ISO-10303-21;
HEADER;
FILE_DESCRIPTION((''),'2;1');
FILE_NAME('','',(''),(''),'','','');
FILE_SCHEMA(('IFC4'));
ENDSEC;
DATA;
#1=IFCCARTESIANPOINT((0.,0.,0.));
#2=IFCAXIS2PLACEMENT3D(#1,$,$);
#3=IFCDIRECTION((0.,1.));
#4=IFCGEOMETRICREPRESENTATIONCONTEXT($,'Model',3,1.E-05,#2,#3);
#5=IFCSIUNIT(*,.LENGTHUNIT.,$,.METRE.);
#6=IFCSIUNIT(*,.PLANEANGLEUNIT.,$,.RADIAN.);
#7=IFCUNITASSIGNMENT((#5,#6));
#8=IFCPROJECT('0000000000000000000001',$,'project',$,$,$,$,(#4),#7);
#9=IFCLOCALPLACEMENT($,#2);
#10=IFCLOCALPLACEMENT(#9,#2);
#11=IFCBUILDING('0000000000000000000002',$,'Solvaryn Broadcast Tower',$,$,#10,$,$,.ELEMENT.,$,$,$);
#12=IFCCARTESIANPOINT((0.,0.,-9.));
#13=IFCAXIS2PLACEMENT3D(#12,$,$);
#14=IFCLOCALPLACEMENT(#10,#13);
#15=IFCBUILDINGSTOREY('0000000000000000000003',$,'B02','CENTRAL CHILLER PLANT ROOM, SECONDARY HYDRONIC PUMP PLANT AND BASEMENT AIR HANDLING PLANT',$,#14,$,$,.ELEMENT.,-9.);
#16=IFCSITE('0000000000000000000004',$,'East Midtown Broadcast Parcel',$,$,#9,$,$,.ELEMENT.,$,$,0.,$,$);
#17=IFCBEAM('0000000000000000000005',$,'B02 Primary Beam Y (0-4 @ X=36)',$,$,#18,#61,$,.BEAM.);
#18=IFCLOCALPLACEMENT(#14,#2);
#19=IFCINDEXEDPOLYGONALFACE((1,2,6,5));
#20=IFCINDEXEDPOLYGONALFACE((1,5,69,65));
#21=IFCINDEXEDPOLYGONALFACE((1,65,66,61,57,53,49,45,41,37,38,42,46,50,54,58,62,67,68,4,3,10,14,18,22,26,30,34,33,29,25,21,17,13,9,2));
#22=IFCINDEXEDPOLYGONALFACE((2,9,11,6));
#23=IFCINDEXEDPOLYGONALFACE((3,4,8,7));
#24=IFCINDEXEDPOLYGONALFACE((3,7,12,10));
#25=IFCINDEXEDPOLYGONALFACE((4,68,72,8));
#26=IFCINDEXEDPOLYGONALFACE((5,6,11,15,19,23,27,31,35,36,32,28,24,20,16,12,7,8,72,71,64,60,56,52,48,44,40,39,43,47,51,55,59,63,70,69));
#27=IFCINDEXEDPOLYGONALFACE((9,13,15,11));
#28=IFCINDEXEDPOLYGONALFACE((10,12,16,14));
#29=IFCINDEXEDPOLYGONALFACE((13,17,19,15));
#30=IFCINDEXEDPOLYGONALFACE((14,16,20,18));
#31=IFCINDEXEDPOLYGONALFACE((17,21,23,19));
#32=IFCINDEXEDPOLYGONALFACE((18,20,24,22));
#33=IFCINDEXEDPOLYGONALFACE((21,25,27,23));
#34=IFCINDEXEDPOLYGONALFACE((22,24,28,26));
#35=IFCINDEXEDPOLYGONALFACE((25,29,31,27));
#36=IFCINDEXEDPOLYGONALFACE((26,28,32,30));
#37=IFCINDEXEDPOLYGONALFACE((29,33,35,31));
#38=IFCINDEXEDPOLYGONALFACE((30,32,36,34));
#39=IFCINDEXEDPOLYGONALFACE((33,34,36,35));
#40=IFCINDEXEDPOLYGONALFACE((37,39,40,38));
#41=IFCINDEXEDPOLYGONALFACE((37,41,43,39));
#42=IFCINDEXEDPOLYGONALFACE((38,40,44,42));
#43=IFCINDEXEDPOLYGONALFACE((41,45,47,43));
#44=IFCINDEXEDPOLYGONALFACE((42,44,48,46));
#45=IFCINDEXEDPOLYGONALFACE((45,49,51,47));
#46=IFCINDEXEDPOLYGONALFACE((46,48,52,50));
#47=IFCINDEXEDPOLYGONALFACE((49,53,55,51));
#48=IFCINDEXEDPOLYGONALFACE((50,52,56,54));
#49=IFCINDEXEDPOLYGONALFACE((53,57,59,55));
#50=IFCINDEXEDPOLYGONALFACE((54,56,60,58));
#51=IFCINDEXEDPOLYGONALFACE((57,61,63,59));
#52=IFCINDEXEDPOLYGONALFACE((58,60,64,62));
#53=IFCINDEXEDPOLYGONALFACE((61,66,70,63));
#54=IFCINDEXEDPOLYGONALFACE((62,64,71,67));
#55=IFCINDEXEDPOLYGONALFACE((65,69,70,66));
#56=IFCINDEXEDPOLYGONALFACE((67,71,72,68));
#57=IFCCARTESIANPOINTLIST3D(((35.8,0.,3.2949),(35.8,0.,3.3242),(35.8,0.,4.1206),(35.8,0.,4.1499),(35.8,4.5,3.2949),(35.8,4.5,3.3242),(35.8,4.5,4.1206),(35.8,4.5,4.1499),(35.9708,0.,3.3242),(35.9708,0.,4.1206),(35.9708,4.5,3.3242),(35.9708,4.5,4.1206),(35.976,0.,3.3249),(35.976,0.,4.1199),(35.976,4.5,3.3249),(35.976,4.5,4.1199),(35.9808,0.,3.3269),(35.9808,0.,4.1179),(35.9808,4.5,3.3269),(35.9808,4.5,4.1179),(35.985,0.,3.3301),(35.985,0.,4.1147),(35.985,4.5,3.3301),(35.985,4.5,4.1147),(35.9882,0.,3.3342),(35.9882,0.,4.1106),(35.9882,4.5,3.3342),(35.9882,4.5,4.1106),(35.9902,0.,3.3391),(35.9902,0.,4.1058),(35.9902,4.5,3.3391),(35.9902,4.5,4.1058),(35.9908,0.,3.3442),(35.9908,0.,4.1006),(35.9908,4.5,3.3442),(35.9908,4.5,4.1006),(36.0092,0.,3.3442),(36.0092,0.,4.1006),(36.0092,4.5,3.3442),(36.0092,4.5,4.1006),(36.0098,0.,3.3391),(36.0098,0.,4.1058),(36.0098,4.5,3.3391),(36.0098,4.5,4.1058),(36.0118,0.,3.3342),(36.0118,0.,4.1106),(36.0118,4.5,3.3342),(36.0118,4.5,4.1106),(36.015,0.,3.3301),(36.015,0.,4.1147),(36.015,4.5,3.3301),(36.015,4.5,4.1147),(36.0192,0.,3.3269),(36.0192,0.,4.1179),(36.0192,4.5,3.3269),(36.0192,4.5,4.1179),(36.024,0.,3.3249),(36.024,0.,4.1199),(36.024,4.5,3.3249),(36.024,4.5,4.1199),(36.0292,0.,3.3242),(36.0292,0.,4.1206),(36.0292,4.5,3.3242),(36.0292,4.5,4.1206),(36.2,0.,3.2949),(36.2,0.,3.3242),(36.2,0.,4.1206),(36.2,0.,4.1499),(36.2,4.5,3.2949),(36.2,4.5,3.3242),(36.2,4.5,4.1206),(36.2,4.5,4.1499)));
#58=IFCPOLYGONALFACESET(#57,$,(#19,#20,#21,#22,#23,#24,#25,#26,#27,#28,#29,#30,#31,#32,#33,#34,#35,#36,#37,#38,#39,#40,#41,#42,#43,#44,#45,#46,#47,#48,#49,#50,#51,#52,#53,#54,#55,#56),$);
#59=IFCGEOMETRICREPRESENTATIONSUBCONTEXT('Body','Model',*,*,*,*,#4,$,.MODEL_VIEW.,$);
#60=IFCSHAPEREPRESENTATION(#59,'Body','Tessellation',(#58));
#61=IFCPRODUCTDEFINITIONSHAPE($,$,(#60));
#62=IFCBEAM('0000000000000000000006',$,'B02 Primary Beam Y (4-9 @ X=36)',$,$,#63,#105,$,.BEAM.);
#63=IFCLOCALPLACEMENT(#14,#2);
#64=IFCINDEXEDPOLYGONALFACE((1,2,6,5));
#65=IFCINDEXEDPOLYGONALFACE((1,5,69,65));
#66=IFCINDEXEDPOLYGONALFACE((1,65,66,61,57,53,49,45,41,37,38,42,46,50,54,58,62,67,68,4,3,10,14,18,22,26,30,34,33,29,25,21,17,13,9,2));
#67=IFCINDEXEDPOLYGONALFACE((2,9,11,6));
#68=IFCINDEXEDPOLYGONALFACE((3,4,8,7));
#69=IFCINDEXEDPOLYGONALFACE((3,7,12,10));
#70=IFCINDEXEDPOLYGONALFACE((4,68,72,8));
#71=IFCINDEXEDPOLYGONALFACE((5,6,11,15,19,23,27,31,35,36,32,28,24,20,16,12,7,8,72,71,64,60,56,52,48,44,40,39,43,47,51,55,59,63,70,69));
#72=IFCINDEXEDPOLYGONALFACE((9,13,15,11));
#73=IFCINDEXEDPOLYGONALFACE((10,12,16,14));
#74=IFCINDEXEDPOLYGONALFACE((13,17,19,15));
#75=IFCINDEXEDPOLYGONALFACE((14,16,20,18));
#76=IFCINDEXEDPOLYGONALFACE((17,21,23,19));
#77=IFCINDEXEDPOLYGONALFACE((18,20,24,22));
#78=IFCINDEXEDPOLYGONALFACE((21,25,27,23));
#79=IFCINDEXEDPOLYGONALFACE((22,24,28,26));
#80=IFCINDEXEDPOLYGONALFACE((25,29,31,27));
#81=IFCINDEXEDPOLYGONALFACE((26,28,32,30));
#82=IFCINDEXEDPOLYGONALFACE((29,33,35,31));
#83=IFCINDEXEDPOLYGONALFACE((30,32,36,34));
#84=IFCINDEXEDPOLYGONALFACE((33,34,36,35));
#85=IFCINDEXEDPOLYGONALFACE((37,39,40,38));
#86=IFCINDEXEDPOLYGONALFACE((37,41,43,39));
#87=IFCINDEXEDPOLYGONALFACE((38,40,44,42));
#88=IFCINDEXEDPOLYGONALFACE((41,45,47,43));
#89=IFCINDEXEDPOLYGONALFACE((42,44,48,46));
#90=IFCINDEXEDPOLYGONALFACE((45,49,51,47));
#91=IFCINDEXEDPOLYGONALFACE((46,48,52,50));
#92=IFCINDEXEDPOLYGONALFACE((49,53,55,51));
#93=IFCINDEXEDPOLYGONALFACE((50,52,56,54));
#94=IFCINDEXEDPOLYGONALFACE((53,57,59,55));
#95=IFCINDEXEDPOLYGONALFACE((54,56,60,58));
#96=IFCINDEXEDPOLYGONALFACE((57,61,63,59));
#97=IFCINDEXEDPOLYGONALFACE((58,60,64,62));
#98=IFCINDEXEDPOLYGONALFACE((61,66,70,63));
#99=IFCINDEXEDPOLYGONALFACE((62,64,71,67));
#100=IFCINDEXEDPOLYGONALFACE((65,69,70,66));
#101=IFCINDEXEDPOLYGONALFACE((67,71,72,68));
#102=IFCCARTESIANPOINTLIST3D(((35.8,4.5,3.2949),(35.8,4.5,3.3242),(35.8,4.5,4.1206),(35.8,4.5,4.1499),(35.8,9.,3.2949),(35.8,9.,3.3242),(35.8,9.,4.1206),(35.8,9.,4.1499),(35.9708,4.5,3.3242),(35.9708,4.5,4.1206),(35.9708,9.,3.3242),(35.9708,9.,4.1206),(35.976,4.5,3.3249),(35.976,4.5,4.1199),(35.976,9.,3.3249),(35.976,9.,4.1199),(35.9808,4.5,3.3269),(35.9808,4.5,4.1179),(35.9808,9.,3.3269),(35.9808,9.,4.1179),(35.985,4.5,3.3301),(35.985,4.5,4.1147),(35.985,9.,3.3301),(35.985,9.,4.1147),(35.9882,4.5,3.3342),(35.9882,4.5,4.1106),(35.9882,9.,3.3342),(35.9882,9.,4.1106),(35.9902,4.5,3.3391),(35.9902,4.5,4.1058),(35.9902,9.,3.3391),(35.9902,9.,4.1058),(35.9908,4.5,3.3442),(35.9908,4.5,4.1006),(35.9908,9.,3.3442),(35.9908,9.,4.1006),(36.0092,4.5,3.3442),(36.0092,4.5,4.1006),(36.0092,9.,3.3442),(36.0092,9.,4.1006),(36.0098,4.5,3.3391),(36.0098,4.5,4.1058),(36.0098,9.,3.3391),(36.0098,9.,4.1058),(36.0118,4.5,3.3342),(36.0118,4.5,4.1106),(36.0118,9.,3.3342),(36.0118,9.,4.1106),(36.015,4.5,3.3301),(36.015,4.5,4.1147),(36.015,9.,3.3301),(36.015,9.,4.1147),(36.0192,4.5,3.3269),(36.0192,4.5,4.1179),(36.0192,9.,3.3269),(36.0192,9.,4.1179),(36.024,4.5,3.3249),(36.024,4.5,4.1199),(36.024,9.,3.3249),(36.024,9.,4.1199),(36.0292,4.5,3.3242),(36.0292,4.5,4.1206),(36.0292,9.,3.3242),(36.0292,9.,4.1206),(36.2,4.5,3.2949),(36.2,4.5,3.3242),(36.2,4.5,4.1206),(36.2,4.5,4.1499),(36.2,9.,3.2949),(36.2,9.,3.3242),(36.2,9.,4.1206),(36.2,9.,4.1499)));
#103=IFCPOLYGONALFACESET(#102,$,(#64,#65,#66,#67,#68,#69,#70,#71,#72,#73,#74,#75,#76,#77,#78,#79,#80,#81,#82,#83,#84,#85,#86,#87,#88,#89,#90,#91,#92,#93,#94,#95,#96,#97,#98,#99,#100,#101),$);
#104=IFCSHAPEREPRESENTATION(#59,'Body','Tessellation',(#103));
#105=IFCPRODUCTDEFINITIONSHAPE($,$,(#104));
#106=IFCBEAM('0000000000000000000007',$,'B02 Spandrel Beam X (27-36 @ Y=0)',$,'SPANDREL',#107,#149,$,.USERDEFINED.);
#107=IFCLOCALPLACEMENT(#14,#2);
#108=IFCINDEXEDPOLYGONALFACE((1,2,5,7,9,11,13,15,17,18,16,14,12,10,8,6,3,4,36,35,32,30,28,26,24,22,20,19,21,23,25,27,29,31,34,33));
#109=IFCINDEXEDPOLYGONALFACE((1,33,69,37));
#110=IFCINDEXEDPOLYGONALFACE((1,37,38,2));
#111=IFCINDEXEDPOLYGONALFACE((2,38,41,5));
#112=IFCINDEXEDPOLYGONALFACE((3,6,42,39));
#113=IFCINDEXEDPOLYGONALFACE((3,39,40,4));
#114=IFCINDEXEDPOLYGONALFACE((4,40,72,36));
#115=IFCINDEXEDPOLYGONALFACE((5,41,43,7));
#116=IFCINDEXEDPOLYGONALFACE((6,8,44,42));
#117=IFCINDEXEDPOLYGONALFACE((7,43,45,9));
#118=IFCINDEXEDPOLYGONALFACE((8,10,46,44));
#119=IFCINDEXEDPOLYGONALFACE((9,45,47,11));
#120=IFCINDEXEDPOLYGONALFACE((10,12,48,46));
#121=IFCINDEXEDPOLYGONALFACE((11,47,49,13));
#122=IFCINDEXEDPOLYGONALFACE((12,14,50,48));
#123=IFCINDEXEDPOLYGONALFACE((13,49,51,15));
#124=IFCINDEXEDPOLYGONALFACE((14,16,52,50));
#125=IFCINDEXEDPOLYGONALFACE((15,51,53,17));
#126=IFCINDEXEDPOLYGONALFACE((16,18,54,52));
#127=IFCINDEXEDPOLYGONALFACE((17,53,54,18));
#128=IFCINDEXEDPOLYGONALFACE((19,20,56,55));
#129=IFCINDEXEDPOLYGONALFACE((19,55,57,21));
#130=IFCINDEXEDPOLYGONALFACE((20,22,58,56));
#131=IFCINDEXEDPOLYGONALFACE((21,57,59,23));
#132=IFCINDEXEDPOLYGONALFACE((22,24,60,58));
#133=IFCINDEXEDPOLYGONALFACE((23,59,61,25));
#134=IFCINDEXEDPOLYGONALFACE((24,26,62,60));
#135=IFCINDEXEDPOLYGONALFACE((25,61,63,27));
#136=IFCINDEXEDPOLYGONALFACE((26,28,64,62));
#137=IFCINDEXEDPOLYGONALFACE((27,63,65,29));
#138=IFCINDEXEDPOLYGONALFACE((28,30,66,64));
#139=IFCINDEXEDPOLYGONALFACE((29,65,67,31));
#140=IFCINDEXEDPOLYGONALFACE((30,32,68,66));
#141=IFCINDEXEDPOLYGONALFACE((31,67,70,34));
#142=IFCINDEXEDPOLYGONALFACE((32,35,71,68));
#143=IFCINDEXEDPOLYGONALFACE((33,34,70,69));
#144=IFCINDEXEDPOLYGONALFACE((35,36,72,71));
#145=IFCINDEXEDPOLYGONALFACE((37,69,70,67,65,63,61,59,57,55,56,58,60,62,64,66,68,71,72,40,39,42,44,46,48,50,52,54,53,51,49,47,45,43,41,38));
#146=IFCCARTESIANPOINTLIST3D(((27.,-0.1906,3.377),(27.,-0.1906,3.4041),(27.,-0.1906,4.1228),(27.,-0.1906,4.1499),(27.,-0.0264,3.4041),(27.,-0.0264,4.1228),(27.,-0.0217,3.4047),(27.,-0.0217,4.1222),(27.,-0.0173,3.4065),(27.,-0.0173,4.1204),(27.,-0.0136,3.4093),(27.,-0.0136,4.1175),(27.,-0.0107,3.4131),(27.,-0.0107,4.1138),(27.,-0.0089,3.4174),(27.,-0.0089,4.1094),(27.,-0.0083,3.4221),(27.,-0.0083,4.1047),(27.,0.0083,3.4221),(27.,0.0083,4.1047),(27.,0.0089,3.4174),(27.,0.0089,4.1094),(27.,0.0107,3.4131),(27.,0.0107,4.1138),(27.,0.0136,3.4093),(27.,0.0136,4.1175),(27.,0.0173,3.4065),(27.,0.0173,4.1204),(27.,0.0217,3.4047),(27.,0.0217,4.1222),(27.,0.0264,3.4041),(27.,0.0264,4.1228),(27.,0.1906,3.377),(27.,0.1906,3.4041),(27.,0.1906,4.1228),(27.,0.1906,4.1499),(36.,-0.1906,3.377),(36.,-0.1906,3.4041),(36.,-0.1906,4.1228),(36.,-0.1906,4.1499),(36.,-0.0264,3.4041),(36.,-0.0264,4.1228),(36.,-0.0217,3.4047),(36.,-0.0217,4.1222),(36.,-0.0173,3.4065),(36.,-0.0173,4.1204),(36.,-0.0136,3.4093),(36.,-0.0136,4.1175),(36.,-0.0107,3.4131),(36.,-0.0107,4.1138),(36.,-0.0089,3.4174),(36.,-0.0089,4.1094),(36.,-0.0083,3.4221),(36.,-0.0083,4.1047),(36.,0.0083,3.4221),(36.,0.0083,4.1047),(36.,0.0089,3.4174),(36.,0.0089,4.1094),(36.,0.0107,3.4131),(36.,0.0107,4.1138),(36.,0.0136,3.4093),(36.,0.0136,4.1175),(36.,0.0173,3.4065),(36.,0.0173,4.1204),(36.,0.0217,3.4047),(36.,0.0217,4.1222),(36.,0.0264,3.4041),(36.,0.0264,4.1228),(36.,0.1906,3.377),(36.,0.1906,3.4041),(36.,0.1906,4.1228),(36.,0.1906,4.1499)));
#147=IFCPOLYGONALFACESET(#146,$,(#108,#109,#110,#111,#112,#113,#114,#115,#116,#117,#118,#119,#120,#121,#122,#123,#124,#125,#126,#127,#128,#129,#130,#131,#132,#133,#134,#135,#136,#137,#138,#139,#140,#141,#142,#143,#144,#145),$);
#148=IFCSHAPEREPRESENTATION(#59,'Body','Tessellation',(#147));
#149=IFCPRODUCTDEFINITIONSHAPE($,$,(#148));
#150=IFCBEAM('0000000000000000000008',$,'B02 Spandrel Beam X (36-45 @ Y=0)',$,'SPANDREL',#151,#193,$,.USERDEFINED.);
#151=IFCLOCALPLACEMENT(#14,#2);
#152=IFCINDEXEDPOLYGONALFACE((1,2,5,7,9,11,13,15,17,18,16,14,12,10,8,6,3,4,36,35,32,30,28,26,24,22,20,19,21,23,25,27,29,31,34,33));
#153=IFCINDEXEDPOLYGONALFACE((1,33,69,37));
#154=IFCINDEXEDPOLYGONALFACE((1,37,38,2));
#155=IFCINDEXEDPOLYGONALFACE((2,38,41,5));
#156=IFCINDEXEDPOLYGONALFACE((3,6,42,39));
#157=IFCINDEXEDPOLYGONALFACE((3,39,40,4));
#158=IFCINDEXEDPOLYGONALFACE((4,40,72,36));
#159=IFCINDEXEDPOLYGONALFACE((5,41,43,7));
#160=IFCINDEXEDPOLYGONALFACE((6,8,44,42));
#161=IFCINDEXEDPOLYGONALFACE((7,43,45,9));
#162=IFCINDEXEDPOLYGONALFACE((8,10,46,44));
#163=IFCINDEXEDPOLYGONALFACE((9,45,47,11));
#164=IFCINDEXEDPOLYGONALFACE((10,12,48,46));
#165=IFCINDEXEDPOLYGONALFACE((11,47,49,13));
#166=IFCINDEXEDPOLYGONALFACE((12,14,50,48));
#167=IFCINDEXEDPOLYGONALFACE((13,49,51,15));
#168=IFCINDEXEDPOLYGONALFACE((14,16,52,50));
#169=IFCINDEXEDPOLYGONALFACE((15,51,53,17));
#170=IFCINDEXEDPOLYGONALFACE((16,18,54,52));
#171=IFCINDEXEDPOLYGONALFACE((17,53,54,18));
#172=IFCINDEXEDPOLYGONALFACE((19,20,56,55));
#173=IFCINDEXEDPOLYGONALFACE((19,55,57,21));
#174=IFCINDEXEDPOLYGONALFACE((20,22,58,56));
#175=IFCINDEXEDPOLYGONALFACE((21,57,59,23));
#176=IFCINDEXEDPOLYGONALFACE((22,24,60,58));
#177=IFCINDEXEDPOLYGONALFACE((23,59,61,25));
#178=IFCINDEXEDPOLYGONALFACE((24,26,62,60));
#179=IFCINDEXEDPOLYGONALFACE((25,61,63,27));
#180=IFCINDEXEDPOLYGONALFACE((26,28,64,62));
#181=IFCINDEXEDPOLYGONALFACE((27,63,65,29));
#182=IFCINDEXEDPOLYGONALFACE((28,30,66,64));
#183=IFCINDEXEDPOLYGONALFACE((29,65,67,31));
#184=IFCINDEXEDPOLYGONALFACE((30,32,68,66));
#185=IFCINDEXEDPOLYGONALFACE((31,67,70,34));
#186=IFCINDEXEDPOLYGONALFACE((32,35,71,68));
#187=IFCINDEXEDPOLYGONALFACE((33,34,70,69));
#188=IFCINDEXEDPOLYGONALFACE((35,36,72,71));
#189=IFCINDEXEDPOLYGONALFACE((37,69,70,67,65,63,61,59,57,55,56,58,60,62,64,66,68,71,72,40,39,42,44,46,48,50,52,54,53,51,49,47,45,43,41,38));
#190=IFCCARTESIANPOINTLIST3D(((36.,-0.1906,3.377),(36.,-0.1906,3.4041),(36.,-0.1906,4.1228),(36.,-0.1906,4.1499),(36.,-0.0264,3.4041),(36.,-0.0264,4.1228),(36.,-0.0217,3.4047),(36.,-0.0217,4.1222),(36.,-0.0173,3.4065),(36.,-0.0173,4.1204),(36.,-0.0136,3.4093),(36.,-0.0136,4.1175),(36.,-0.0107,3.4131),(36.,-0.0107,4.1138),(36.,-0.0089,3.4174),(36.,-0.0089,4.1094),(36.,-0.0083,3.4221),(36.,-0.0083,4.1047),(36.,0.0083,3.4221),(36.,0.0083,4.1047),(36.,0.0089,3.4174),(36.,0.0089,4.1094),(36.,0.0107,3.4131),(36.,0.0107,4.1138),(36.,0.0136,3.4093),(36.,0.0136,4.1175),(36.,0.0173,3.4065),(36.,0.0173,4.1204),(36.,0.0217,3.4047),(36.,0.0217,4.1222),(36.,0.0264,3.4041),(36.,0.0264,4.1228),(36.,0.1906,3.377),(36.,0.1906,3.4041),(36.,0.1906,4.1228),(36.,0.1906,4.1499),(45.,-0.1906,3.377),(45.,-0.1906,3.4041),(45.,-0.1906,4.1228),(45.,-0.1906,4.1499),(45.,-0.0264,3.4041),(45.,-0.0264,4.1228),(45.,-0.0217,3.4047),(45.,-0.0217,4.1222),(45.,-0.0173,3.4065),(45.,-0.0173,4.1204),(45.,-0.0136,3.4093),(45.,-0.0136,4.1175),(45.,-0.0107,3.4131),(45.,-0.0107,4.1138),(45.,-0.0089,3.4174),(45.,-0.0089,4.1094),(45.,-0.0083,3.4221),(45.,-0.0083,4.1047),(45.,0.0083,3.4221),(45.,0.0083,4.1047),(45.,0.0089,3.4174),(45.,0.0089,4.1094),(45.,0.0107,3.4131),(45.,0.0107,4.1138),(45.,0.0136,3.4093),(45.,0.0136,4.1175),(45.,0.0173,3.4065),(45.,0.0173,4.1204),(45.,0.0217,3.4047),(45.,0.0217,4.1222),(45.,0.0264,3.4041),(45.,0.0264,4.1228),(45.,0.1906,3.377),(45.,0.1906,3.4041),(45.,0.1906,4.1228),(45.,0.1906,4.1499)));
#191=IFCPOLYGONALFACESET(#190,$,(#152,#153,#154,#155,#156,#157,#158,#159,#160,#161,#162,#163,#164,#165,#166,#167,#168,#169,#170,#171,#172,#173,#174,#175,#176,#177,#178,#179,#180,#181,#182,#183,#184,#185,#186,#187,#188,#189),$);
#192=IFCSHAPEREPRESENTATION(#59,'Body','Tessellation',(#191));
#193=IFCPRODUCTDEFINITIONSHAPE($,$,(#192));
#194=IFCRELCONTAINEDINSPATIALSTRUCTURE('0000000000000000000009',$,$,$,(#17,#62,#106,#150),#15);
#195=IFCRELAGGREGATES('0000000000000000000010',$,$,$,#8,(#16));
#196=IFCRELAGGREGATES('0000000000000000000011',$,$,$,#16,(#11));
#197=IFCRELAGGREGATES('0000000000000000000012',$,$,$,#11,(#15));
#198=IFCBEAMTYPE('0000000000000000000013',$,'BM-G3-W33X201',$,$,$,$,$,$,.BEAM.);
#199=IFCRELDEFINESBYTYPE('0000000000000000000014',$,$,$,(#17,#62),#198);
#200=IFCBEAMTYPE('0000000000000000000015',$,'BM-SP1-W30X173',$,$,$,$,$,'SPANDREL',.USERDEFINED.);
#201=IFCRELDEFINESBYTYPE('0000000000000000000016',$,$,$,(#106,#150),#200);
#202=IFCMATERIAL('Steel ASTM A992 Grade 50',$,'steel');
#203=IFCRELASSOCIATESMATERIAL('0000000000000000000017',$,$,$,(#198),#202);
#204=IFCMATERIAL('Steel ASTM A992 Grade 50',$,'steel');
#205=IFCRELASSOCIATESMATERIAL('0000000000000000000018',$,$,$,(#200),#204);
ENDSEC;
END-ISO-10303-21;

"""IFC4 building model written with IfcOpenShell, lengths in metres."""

from ifc_helpers import new_model, si_unit, direction, frame, origin, origin_2d, place, context, subcontext, project, spatial, i_section, extrude, material, material_profile, profile_set, type_object, element, save


model = new_model("IFC4")

# Units and contexts
model_context = context("Model", 3, precision=1e-05, world=origin(), true_north=direction((0.0, 1.0)))
body_context = subcontext(model_context, "Body", "Model", "MODEL_VIEW")
ifc_project = project(units=[si_unit("LENGTHUNIT", "METRE"), si_unit("PLANEANGLEUNIT", "RADIAN")], contexts=[model_context])

# Site, building, storey
site_placement = place(None, origin())
site = spatial("IfcSite", under=ifc_project, at=site_placement, Name="East Midtown Broadcast Parcel", CompositionType="ELEMENT", RefElevation=0.0)
building_placement = place(site_placement, origin())
building = spatial("IfcBuilding", under=site, at=building_placement, Name="Solvaryn Broadcast Tower", CompositionType="ELEMENT")
storey_placement = place(building_placement, frame((0.0, 0.0, -9.0)))
storey = spatial("IfcBuildingStorey", under=building, at=storey_placement, Name="B02", Description="CENTRAL CHILLER PLANT ROOM, SECONDARY HYDRONIC PUMP PLANT AND BASEMENT AIR HANDLING PLANT", CompositionType="ELEMENT", Elevation=-9.0)

# Beams
ifc_material_1 = material(Name="Steel ASTM A992 Grade 50", Category="steel")
ifc_material_profile_1 = material_profile(ifc_material_1, i_section(OverallWidth=0.3999, OverallDepth=0.855, WebThickness=0.0183, FlangeThickness=0.0293, FilletRadius=0.02, at=origin_2d()))
ifc_profile_set_1 = profile_set([ifc_material_profile_1], Name="Steel ASTM A992 Grade 50")
beam_type_1 = type_object("IfcBeamType", Name="BM-G3-W33X201", PredefinedType="BEAM", material=ifc_profile_set_1)
for number, where, z_axis, x_axis, name in (
    (1, (36.0, 0.0, 3.7224), (0.0, 1.0, 0.0), (-1.0, 0.0, 0.0), "B02 Primary Beam Y (0-4 @ X=36)"),
    (2, (36.0, 4.5, 3.7224), (0.0, 1.0, 0.0), (-1.0, 0.0, 0.0), "B02 Primary Beam Y (4-9 @ X=36)"),
):
    element("IfcBeam", number, at=place(storey_placement, frame(where, z_axis=z_axis, x_axis=x_axis)), inside=storey, type_object=beam_type_1, Name=name, PredefinedType="BEAM", context=body_context, shape_type="SweptSolid", body=[
        extrude(i_section(OverallWidth=0.3999, OverallDepth=0.855, WebThickness=0.0183, FlangeThickness=0.0293, FilletRadius=0.02, at=origin_2d()), origin(), (0.0, 0.0, 1.0), 4.5),
    ])
ifc_material_2 = material(Name="Steel ASTM A992 Grade 50", Category="steel")
ifc_material_profile_2 = material_profile(ifc_material_2, i_section(OverallWidth=0.3811, OverallDepth=0.7729, WebThickness=0.0166, FlangeThickness=0.0271, FilletRadius=0.0181, at=origin_2d()))
ifc_profile_set_2 = profile_set([ifc_material_profile_2], Name="Steel ASTM A992 Grade 50")
beam_type_2 = type_object("IfcBeamType", Name="BM-SP1-W30X173", ElementType="SPANDREL", PredefinedType="USERDEFINED", material=ifc_profile_set_2)
for number, where, z_axis, x_axis, name in (
    (3, (27.0, 0.0, 3.7634), (1.0, 0.0, 0.0), (0.0, 1.0, 0.0), "B02 Spandrel Beam X (27-36 @ Y=0)"),
    (4, (36.0, 0.0, 3.7634), (1.0, 0.0, 0.0), (0.0, 1.0, 0.0), "B02 Spandrel Beam X (36-45 @ Y=0)"),
):
    element("IfcBeam", number, at=place(storey_placement, frame(where, z_axis=z_axis, x_axis=x_axis)), inside=storey, type_object=beam_type_2, Name=name, ObjectType="SPANDREL", PredefinedType="USERDEFINED", context=body_context, shape_type="SweptSolid", body=[
        extrude(i_section(OverallWidth=0.3811, OverallDepth=0.7729, WebThickness=0.0166, FlangeThickness=0.0271, FilletRadius=0.0181, at=origin_2d()), origin(), (0.0, 0.0, 1.0), 9.0),
    ])

save(model, "model.ifc")
